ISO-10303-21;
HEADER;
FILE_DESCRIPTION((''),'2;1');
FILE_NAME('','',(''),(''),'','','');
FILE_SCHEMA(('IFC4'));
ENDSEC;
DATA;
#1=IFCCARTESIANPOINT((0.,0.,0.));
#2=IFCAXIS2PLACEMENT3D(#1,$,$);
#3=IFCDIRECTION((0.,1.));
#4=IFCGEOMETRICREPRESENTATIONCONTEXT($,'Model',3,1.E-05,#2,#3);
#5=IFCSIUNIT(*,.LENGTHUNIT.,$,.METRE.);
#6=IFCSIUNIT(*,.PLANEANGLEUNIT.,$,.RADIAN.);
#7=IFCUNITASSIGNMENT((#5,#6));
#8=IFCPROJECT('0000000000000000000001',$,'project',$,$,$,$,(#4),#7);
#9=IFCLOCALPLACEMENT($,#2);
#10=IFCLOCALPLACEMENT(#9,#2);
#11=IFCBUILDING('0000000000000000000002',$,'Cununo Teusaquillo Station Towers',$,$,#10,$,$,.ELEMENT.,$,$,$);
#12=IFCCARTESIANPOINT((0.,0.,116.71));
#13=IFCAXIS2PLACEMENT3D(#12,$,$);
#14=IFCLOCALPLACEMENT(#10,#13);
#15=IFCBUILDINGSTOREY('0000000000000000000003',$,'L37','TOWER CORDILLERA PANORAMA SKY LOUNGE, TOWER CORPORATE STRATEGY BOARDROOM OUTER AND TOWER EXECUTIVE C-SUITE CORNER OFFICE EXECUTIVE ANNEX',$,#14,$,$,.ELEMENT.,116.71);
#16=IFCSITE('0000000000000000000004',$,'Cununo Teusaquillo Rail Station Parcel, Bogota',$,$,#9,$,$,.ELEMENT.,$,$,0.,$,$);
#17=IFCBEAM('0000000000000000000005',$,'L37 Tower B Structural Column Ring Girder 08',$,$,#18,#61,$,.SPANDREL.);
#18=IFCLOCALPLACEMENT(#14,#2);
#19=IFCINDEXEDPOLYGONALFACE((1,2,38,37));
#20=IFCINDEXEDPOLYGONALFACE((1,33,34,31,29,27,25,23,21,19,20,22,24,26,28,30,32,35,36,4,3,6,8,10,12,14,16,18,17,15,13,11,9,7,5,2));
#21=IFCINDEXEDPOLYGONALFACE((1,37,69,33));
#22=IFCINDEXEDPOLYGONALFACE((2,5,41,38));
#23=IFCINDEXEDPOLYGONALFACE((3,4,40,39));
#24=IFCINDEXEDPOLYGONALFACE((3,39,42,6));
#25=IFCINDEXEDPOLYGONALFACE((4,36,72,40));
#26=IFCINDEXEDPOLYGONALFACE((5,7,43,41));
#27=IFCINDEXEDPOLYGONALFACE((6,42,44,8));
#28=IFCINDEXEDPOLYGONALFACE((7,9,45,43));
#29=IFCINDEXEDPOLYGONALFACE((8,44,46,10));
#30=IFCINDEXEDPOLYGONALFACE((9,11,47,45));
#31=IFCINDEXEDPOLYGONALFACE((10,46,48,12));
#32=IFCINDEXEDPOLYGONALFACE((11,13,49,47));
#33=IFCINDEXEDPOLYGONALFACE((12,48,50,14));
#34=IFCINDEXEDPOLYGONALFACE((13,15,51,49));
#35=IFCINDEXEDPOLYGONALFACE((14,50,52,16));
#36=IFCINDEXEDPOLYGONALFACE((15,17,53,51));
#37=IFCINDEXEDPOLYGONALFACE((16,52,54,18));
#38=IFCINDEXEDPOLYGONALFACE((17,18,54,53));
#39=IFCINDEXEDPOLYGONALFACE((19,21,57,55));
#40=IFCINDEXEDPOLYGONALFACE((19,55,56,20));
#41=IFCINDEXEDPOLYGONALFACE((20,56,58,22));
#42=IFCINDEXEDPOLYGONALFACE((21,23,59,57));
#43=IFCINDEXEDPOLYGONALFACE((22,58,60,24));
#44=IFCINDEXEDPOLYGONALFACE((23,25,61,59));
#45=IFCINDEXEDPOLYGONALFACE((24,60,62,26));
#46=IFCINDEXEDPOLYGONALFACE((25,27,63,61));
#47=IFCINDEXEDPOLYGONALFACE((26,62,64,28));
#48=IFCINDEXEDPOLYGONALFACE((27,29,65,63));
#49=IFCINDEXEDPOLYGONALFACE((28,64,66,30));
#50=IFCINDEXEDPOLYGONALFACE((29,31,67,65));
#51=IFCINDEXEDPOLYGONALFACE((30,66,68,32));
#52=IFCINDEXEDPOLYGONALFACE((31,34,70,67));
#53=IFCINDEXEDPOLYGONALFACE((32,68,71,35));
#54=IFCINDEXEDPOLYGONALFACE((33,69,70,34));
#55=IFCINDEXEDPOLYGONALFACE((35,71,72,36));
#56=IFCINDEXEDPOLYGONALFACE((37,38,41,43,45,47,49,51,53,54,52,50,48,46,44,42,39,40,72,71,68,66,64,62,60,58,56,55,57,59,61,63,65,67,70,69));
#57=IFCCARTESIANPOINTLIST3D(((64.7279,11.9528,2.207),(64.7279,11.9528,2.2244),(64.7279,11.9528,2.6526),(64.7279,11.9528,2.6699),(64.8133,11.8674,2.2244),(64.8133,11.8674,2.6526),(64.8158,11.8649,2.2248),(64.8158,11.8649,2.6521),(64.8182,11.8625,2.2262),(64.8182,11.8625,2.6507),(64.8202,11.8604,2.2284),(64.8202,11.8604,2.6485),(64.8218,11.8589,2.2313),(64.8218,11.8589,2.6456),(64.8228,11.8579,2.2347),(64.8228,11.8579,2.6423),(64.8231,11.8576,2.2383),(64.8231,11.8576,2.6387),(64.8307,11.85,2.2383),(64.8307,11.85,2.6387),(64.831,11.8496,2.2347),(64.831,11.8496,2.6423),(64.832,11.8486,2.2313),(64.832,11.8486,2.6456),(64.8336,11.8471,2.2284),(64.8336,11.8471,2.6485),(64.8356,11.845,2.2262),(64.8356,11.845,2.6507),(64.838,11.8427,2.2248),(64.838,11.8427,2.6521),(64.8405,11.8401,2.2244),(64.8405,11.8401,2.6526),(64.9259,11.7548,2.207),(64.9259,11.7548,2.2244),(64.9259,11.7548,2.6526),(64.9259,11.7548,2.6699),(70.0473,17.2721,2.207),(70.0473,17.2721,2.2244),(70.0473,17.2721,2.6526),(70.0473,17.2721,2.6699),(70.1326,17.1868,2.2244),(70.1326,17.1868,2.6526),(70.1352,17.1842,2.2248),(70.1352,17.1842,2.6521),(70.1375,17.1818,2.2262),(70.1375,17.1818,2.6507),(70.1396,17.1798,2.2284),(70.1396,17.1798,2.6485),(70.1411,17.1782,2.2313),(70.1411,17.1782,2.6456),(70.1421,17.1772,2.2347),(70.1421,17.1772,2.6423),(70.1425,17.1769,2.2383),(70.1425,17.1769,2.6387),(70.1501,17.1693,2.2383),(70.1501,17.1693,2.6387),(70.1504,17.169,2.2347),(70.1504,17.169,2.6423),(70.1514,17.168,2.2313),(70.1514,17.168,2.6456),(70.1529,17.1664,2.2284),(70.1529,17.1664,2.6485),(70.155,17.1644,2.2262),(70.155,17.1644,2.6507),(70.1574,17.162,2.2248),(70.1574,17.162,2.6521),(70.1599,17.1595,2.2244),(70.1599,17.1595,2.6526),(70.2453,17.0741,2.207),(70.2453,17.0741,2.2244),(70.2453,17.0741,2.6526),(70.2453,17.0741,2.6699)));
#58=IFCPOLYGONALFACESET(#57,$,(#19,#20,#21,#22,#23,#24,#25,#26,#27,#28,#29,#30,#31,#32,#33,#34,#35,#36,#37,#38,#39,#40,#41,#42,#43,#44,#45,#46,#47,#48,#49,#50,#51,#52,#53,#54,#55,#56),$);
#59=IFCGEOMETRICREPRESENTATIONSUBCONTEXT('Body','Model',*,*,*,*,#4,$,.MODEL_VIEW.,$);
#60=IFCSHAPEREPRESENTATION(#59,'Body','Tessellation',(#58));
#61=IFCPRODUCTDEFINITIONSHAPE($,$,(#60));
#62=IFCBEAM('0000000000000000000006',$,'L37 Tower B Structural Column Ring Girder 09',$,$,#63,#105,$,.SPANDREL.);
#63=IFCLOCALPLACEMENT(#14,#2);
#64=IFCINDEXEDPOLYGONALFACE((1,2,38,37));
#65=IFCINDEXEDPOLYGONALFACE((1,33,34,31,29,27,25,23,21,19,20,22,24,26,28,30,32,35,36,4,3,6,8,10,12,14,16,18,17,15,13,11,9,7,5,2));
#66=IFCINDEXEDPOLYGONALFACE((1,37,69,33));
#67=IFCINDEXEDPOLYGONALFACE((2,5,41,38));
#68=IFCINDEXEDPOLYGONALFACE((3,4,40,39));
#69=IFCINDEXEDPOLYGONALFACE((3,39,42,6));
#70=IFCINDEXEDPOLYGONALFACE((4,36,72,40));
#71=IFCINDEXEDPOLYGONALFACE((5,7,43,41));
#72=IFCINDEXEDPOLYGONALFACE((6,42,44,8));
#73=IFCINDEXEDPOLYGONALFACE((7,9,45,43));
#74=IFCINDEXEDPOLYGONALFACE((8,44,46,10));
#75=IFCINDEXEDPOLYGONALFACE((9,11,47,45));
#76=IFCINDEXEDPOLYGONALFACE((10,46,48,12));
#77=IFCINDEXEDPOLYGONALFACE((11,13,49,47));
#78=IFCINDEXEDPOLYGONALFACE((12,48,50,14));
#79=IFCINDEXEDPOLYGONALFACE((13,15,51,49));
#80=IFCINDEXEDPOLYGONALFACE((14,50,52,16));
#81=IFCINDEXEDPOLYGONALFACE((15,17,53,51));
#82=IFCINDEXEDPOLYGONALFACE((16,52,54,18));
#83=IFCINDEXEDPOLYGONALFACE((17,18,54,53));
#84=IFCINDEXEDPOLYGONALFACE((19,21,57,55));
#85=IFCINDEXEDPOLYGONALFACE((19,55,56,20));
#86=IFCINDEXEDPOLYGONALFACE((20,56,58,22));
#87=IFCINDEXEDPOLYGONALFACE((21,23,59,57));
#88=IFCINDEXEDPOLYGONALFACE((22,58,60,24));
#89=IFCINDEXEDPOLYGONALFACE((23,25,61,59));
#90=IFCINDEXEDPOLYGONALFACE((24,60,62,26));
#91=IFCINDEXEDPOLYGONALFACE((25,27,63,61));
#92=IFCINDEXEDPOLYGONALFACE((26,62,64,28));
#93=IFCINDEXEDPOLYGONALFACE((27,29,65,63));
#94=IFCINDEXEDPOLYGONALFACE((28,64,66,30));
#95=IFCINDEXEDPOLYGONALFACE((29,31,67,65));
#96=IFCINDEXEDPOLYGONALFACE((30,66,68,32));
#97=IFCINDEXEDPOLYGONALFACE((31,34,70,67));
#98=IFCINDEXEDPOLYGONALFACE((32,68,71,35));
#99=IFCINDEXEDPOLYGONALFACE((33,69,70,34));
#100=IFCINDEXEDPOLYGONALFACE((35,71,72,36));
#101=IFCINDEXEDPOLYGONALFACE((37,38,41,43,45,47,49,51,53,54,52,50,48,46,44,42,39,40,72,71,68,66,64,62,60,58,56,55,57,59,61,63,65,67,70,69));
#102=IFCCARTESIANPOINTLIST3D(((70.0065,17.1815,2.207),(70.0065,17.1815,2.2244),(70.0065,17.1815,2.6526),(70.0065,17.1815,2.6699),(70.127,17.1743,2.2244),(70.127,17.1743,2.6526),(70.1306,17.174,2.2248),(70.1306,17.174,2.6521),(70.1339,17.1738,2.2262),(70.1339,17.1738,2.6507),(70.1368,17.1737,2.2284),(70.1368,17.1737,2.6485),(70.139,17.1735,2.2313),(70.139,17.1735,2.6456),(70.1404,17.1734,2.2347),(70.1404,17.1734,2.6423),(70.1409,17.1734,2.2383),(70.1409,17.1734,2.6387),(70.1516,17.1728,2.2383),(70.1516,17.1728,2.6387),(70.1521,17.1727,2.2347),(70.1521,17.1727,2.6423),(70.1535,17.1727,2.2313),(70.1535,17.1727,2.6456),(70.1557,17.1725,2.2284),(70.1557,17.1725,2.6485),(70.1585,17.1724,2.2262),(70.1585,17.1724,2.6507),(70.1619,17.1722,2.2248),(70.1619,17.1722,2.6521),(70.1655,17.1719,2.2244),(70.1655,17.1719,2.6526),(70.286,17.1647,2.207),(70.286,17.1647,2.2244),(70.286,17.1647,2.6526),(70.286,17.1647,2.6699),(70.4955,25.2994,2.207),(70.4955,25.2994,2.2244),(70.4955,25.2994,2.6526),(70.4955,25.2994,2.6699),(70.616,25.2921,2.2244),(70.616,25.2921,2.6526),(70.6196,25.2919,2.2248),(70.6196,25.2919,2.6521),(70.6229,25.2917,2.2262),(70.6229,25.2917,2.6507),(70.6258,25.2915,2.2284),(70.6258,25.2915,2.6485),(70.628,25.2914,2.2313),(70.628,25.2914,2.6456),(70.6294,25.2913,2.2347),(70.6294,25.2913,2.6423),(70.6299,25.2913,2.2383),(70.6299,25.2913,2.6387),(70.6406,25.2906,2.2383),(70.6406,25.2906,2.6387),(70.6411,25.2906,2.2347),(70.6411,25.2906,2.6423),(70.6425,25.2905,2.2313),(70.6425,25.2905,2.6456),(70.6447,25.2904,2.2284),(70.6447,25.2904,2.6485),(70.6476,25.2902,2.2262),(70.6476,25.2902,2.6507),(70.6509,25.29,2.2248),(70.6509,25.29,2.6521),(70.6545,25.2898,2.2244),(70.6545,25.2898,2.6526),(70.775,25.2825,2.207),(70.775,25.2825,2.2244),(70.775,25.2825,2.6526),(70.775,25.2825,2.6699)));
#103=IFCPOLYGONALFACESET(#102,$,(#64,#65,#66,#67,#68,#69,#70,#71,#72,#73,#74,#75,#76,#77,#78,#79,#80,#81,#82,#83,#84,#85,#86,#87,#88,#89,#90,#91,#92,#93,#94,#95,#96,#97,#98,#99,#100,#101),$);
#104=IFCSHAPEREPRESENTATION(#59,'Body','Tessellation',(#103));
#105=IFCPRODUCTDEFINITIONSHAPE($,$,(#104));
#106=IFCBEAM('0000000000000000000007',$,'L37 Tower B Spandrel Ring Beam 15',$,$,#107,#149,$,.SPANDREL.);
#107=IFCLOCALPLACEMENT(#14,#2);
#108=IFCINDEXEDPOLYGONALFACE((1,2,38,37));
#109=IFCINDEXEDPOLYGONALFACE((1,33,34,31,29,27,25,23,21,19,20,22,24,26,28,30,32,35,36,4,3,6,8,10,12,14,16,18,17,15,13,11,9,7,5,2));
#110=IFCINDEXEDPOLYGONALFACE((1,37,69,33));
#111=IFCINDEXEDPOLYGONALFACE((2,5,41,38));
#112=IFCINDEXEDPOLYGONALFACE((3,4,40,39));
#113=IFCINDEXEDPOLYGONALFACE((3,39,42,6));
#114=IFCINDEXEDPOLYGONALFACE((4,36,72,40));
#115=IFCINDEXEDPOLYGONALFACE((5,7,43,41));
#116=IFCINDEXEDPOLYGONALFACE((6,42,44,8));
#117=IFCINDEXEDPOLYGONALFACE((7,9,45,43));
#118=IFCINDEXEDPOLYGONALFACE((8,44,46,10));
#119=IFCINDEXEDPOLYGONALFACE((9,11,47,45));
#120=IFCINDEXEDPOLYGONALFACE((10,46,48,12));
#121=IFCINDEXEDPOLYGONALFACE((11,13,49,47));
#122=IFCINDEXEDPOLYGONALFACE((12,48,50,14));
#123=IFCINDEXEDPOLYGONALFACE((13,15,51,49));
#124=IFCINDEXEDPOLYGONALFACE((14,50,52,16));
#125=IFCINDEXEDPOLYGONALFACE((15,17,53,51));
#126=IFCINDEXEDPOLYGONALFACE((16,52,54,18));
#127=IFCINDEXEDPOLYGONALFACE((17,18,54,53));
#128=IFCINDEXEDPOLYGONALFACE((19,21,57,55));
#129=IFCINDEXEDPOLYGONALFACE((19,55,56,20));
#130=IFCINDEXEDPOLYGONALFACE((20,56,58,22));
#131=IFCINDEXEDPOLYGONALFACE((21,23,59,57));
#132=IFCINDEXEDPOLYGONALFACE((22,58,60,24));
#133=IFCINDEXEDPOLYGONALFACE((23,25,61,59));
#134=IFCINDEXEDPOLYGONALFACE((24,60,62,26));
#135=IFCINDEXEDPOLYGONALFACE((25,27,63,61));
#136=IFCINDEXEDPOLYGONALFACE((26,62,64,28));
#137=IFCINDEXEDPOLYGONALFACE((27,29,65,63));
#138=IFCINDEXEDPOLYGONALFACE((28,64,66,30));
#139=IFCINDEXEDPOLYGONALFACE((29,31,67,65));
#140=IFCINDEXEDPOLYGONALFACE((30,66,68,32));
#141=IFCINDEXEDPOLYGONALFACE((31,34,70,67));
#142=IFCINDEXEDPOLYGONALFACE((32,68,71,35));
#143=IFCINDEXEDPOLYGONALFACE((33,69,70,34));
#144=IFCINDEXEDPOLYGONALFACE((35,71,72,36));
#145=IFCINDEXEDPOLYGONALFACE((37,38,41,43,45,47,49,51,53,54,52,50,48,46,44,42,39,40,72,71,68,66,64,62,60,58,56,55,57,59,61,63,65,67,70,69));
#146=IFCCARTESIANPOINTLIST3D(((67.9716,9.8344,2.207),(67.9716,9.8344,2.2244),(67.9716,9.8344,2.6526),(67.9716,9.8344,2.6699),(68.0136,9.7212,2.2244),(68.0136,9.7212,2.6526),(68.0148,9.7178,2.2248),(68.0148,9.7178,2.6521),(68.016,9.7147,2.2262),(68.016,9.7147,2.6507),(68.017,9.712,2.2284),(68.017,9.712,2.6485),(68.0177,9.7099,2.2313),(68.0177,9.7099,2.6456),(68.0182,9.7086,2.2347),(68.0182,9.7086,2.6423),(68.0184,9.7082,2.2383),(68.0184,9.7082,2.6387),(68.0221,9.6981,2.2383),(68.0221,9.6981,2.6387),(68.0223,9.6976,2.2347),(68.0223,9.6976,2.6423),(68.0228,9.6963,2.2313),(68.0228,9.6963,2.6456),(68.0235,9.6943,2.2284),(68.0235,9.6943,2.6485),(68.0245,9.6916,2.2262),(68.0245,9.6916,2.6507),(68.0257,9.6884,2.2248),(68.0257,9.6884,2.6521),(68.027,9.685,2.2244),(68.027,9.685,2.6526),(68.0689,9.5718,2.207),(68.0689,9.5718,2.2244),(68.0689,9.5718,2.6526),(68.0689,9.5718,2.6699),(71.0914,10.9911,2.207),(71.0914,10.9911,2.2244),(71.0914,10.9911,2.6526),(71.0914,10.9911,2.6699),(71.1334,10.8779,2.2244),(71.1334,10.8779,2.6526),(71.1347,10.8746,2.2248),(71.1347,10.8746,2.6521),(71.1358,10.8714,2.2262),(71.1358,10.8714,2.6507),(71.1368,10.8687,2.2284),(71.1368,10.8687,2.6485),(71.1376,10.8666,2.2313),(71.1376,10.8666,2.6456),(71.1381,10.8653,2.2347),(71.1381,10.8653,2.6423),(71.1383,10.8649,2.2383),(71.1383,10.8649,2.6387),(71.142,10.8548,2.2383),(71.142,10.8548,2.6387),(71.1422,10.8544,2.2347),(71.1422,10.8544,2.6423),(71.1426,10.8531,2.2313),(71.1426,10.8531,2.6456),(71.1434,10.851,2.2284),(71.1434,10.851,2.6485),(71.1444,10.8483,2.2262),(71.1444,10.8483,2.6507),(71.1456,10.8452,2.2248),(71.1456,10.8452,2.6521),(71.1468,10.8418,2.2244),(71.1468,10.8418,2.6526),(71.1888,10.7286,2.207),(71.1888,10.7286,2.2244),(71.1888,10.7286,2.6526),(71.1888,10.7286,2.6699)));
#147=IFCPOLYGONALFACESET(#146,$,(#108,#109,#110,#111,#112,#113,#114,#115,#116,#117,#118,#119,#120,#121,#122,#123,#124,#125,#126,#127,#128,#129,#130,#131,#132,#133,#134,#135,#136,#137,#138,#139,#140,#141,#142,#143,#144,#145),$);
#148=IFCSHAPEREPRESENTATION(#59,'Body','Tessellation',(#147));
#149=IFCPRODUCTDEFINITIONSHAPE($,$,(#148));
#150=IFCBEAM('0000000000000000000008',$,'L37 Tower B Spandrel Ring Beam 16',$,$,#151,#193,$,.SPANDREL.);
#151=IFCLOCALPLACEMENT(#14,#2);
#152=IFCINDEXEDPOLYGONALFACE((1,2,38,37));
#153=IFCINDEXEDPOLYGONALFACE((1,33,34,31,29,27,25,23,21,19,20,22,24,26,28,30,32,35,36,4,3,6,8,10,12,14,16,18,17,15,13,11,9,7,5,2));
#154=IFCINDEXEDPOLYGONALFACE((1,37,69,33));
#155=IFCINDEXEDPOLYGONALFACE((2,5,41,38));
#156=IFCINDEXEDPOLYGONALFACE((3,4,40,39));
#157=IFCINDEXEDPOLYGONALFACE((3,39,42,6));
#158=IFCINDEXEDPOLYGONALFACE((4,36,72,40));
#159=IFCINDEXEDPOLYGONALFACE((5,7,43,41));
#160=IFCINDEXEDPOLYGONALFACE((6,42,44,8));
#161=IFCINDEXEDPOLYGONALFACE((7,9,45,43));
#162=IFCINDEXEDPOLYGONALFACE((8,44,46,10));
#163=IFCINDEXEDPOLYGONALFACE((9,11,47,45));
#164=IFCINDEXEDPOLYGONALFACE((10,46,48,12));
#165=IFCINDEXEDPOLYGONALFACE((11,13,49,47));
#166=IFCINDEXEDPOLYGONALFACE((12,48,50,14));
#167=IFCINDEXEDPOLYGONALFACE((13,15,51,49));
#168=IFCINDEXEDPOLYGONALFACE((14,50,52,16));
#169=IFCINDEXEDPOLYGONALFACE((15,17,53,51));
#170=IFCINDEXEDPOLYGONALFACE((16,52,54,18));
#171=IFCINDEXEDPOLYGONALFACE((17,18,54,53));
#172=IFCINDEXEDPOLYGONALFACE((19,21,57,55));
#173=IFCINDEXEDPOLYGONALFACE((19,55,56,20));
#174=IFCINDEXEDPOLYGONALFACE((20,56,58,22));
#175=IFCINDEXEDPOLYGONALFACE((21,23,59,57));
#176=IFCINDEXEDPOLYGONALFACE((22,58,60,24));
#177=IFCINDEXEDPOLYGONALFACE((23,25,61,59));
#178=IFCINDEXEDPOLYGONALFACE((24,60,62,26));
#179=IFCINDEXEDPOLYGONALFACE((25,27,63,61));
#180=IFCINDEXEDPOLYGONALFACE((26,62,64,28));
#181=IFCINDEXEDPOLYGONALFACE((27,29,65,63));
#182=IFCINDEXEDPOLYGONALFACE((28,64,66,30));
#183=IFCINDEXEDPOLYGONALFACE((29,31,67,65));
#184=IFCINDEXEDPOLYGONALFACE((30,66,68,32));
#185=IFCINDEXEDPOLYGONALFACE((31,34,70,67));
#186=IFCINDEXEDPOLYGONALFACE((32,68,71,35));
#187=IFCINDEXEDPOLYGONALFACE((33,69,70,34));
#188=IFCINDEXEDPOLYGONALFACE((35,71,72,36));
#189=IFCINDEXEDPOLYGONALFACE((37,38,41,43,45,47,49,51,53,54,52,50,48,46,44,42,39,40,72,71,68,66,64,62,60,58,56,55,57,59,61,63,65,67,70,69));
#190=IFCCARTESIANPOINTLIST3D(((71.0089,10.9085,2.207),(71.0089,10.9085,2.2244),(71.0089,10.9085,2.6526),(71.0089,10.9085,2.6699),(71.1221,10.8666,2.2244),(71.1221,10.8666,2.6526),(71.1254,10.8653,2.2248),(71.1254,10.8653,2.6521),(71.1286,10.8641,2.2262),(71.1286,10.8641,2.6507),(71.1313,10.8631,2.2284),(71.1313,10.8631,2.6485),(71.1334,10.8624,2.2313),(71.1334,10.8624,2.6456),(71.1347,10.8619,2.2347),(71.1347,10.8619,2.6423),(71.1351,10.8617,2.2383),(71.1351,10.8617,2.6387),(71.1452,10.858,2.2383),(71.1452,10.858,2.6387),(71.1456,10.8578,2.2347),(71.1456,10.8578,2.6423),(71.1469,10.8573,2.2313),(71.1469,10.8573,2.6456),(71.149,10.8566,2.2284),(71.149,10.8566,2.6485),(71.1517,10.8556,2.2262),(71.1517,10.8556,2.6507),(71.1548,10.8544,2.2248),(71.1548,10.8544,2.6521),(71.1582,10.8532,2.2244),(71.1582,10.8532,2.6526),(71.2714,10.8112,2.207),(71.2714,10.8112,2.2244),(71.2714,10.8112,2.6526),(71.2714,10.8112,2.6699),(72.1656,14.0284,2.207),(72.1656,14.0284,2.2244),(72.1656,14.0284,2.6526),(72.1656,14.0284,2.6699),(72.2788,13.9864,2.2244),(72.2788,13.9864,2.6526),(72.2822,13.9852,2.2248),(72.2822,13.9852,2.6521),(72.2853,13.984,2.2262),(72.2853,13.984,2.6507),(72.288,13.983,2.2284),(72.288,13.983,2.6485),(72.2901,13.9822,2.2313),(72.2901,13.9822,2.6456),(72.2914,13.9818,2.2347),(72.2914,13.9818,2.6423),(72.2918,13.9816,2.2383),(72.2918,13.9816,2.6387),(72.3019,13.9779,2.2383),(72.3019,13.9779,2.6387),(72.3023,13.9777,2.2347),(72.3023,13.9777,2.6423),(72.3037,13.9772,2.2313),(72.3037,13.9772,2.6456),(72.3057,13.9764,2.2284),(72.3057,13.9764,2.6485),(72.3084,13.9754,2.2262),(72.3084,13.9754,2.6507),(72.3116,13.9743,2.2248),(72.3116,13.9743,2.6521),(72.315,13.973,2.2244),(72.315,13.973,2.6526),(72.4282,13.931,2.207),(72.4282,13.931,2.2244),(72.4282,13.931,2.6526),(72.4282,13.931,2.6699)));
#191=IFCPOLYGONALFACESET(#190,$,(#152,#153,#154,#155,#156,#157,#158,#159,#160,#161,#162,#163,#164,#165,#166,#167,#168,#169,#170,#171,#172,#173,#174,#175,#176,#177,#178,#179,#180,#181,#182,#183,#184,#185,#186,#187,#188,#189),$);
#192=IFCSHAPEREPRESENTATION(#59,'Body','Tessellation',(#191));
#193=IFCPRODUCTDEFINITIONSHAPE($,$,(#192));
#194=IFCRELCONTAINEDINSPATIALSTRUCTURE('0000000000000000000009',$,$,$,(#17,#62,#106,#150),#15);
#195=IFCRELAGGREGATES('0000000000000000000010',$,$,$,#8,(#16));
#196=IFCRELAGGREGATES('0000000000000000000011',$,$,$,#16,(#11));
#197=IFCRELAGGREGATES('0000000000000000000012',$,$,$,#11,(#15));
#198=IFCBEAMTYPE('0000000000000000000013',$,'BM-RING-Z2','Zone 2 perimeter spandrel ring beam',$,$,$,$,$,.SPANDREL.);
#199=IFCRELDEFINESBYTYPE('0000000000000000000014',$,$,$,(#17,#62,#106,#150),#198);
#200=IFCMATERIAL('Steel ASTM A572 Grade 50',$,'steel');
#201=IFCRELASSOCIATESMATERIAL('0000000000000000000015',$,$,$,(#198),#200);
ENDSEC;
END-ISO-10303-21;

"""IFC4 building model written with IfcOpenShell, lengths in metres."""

from ifc_helpers import new_model, si_unit, direction, frame, origin, origin_2d, place, context, subcontext, project, spatial, i_section, extrude, material, material_profile, profile_set, type_object, element, save


model = new_model("IFC4")

# Units and contexts
model_context = context("Model", 3, precision=1e-05, world=origin(), true_north=direction((0.0, 1.0)))
body_context = subcontext(model_context, "Body", "Model", "MODEL_VIEW")
ifc_project = project(units=[si_unit("LENGTHUNIT", "METRE"), si_unit("PLANEANGLEUNIT", "RADIAN")], contexts=[model_context])

# Site, building, storey
site_placement = place(None, origin())
site = spatial("IfcSite", under=ifc_project, at=site_placement, Name="Cununo Teusaquillo Rail Station Parcel, Bogota", CompositionType="ELEMENT", RefElevation=0.0)
building_placement = place(site_placement, origin())
building = spatial("IfcBuilding", under=site, at=building_placement, Name="Cununo Teusaquillo Station Towers", CompositionType="ELEMENT")
storey_placement = place(building_placement, frame((0.0, 0.0, 116.71)))
storey = spatial("IfcBuildingStorey", under=building, at=storey_placement, Name="L37", Description="TOWER CORDILLERA PANORAMA SKY LOUNGE, TOWER CORPORATE STRATEGY BOARDROOM OUTER AND TOWER EXECUTIVE C-SUITE CORNER OFFICE EXECUTIVE ANNEX", CompositionType="ELEMENT", Elevation=116.71)

# Beams
ifc_material_1 = material(Name="Steel ASTM A572 Grade 50", Category="steel")
ifc_material_profile_1 = material_profile(ifc_material_1, i_section(OverallWidth=0.28, OverallDepth=0.4629, WebThickness=0.0107, FlangeThickness=0.0173, FilletRadius=0.0139, at=origin_2d()), Name="W18X76")
ifc_profile_set_1 = profile_set([ifc_material_profile_1], Name="Steel ASTM A572 Grade 50")
beam_type_1 = type_object("IfcBeamType", Name="BM-RING-Z2", Description="Zone 2 perimeter spandrel ring beam", PredefinedType="SPANDREL", material=ifc_profile_set_1)
beam_1_placement = place(storey_placement, frame((64.8269, 11.8538, 2.4385), z_axis=(0.707107, 0.707107, 0.0), x_axis=(-0.707107, 0.707107, 0.0)))
element("IfcBeam", 1, at=beam_1_placement, inside=storey, type_object=beam_type_1, Name="L37 Tower B Structural Column Ring Girder 08", PredefinedType="SPANDREL", context=body_context, shape_type="SweptSolid", body=[
    extrude(i_section(OverallWidth=0.28, OverallDepth=0.4629, WebThickness=0.0107, FlangeThickness=0.0173, FilletRadius=0.0139, at=origin_2d()), origin(), (0.0, 0.0, 1.0), 7.5227),
])
beam_2_placement = place(storey_placement, frame((70.1462, 17.1731, 2.4385), z_axis=(0.06013, 0.998191, 0.0), x_axis=(-0.998191, 0.06013, 0.0)))
element("IfcBeam", 2, at=beam_2_placement, inside=storey, type_object=beam_type_1, Name="L37 Tower B Structural Column Ring Girder 09", PredefinedType="SPANDREL", context=body_context, shape_type="SweptSolid", body=[
    extrude(i_section(OverallWidth=0.28, OverallDepth=0.4629, WebThickness=0.0107, FlangeThickness=0.0173, FilletRadius=0.0139, at=origin_2d()), origin(), (0.0, 0.0, 1.0), 8.1326),
])
for number, where, z_axis, x_axis, name in (
    (3, (68.0203, 9.7031, 2.4385), (0.937628, 0.347639, 0.0), (-0.347639, 0.937628, 0.0), "L37 Tower B Spandrel Ring Beam 15"),
    (4, (71.1401, 10.8599, 2.4385), (0.347639, 0.937628, 0.0), (-0.937628, 0.347639, 0.0), "L37 Tower B Spandrel Ring Beam 16"),
):
    element("IfcBeam", number, at=place(storey_placement, frame(where, z_axis=z_axis, x_axis=x_axis)), inside=storey, type_object=beam_type_1, Name=name, PredefinedType="SPANDREL", context=body_context, shape_type="SweptSolid", body=[
        extrude(i_section(OverallWidth=0.28, OverallDepth=0.4629, WebThickness=0.0107, FlangeThickness=0.0173, FilletRadius=0.0139, at=origin_2d()), origin(), (0.0, 0.0, 1.0), 3.3274),
    ])

save(model, "model.ifc")
